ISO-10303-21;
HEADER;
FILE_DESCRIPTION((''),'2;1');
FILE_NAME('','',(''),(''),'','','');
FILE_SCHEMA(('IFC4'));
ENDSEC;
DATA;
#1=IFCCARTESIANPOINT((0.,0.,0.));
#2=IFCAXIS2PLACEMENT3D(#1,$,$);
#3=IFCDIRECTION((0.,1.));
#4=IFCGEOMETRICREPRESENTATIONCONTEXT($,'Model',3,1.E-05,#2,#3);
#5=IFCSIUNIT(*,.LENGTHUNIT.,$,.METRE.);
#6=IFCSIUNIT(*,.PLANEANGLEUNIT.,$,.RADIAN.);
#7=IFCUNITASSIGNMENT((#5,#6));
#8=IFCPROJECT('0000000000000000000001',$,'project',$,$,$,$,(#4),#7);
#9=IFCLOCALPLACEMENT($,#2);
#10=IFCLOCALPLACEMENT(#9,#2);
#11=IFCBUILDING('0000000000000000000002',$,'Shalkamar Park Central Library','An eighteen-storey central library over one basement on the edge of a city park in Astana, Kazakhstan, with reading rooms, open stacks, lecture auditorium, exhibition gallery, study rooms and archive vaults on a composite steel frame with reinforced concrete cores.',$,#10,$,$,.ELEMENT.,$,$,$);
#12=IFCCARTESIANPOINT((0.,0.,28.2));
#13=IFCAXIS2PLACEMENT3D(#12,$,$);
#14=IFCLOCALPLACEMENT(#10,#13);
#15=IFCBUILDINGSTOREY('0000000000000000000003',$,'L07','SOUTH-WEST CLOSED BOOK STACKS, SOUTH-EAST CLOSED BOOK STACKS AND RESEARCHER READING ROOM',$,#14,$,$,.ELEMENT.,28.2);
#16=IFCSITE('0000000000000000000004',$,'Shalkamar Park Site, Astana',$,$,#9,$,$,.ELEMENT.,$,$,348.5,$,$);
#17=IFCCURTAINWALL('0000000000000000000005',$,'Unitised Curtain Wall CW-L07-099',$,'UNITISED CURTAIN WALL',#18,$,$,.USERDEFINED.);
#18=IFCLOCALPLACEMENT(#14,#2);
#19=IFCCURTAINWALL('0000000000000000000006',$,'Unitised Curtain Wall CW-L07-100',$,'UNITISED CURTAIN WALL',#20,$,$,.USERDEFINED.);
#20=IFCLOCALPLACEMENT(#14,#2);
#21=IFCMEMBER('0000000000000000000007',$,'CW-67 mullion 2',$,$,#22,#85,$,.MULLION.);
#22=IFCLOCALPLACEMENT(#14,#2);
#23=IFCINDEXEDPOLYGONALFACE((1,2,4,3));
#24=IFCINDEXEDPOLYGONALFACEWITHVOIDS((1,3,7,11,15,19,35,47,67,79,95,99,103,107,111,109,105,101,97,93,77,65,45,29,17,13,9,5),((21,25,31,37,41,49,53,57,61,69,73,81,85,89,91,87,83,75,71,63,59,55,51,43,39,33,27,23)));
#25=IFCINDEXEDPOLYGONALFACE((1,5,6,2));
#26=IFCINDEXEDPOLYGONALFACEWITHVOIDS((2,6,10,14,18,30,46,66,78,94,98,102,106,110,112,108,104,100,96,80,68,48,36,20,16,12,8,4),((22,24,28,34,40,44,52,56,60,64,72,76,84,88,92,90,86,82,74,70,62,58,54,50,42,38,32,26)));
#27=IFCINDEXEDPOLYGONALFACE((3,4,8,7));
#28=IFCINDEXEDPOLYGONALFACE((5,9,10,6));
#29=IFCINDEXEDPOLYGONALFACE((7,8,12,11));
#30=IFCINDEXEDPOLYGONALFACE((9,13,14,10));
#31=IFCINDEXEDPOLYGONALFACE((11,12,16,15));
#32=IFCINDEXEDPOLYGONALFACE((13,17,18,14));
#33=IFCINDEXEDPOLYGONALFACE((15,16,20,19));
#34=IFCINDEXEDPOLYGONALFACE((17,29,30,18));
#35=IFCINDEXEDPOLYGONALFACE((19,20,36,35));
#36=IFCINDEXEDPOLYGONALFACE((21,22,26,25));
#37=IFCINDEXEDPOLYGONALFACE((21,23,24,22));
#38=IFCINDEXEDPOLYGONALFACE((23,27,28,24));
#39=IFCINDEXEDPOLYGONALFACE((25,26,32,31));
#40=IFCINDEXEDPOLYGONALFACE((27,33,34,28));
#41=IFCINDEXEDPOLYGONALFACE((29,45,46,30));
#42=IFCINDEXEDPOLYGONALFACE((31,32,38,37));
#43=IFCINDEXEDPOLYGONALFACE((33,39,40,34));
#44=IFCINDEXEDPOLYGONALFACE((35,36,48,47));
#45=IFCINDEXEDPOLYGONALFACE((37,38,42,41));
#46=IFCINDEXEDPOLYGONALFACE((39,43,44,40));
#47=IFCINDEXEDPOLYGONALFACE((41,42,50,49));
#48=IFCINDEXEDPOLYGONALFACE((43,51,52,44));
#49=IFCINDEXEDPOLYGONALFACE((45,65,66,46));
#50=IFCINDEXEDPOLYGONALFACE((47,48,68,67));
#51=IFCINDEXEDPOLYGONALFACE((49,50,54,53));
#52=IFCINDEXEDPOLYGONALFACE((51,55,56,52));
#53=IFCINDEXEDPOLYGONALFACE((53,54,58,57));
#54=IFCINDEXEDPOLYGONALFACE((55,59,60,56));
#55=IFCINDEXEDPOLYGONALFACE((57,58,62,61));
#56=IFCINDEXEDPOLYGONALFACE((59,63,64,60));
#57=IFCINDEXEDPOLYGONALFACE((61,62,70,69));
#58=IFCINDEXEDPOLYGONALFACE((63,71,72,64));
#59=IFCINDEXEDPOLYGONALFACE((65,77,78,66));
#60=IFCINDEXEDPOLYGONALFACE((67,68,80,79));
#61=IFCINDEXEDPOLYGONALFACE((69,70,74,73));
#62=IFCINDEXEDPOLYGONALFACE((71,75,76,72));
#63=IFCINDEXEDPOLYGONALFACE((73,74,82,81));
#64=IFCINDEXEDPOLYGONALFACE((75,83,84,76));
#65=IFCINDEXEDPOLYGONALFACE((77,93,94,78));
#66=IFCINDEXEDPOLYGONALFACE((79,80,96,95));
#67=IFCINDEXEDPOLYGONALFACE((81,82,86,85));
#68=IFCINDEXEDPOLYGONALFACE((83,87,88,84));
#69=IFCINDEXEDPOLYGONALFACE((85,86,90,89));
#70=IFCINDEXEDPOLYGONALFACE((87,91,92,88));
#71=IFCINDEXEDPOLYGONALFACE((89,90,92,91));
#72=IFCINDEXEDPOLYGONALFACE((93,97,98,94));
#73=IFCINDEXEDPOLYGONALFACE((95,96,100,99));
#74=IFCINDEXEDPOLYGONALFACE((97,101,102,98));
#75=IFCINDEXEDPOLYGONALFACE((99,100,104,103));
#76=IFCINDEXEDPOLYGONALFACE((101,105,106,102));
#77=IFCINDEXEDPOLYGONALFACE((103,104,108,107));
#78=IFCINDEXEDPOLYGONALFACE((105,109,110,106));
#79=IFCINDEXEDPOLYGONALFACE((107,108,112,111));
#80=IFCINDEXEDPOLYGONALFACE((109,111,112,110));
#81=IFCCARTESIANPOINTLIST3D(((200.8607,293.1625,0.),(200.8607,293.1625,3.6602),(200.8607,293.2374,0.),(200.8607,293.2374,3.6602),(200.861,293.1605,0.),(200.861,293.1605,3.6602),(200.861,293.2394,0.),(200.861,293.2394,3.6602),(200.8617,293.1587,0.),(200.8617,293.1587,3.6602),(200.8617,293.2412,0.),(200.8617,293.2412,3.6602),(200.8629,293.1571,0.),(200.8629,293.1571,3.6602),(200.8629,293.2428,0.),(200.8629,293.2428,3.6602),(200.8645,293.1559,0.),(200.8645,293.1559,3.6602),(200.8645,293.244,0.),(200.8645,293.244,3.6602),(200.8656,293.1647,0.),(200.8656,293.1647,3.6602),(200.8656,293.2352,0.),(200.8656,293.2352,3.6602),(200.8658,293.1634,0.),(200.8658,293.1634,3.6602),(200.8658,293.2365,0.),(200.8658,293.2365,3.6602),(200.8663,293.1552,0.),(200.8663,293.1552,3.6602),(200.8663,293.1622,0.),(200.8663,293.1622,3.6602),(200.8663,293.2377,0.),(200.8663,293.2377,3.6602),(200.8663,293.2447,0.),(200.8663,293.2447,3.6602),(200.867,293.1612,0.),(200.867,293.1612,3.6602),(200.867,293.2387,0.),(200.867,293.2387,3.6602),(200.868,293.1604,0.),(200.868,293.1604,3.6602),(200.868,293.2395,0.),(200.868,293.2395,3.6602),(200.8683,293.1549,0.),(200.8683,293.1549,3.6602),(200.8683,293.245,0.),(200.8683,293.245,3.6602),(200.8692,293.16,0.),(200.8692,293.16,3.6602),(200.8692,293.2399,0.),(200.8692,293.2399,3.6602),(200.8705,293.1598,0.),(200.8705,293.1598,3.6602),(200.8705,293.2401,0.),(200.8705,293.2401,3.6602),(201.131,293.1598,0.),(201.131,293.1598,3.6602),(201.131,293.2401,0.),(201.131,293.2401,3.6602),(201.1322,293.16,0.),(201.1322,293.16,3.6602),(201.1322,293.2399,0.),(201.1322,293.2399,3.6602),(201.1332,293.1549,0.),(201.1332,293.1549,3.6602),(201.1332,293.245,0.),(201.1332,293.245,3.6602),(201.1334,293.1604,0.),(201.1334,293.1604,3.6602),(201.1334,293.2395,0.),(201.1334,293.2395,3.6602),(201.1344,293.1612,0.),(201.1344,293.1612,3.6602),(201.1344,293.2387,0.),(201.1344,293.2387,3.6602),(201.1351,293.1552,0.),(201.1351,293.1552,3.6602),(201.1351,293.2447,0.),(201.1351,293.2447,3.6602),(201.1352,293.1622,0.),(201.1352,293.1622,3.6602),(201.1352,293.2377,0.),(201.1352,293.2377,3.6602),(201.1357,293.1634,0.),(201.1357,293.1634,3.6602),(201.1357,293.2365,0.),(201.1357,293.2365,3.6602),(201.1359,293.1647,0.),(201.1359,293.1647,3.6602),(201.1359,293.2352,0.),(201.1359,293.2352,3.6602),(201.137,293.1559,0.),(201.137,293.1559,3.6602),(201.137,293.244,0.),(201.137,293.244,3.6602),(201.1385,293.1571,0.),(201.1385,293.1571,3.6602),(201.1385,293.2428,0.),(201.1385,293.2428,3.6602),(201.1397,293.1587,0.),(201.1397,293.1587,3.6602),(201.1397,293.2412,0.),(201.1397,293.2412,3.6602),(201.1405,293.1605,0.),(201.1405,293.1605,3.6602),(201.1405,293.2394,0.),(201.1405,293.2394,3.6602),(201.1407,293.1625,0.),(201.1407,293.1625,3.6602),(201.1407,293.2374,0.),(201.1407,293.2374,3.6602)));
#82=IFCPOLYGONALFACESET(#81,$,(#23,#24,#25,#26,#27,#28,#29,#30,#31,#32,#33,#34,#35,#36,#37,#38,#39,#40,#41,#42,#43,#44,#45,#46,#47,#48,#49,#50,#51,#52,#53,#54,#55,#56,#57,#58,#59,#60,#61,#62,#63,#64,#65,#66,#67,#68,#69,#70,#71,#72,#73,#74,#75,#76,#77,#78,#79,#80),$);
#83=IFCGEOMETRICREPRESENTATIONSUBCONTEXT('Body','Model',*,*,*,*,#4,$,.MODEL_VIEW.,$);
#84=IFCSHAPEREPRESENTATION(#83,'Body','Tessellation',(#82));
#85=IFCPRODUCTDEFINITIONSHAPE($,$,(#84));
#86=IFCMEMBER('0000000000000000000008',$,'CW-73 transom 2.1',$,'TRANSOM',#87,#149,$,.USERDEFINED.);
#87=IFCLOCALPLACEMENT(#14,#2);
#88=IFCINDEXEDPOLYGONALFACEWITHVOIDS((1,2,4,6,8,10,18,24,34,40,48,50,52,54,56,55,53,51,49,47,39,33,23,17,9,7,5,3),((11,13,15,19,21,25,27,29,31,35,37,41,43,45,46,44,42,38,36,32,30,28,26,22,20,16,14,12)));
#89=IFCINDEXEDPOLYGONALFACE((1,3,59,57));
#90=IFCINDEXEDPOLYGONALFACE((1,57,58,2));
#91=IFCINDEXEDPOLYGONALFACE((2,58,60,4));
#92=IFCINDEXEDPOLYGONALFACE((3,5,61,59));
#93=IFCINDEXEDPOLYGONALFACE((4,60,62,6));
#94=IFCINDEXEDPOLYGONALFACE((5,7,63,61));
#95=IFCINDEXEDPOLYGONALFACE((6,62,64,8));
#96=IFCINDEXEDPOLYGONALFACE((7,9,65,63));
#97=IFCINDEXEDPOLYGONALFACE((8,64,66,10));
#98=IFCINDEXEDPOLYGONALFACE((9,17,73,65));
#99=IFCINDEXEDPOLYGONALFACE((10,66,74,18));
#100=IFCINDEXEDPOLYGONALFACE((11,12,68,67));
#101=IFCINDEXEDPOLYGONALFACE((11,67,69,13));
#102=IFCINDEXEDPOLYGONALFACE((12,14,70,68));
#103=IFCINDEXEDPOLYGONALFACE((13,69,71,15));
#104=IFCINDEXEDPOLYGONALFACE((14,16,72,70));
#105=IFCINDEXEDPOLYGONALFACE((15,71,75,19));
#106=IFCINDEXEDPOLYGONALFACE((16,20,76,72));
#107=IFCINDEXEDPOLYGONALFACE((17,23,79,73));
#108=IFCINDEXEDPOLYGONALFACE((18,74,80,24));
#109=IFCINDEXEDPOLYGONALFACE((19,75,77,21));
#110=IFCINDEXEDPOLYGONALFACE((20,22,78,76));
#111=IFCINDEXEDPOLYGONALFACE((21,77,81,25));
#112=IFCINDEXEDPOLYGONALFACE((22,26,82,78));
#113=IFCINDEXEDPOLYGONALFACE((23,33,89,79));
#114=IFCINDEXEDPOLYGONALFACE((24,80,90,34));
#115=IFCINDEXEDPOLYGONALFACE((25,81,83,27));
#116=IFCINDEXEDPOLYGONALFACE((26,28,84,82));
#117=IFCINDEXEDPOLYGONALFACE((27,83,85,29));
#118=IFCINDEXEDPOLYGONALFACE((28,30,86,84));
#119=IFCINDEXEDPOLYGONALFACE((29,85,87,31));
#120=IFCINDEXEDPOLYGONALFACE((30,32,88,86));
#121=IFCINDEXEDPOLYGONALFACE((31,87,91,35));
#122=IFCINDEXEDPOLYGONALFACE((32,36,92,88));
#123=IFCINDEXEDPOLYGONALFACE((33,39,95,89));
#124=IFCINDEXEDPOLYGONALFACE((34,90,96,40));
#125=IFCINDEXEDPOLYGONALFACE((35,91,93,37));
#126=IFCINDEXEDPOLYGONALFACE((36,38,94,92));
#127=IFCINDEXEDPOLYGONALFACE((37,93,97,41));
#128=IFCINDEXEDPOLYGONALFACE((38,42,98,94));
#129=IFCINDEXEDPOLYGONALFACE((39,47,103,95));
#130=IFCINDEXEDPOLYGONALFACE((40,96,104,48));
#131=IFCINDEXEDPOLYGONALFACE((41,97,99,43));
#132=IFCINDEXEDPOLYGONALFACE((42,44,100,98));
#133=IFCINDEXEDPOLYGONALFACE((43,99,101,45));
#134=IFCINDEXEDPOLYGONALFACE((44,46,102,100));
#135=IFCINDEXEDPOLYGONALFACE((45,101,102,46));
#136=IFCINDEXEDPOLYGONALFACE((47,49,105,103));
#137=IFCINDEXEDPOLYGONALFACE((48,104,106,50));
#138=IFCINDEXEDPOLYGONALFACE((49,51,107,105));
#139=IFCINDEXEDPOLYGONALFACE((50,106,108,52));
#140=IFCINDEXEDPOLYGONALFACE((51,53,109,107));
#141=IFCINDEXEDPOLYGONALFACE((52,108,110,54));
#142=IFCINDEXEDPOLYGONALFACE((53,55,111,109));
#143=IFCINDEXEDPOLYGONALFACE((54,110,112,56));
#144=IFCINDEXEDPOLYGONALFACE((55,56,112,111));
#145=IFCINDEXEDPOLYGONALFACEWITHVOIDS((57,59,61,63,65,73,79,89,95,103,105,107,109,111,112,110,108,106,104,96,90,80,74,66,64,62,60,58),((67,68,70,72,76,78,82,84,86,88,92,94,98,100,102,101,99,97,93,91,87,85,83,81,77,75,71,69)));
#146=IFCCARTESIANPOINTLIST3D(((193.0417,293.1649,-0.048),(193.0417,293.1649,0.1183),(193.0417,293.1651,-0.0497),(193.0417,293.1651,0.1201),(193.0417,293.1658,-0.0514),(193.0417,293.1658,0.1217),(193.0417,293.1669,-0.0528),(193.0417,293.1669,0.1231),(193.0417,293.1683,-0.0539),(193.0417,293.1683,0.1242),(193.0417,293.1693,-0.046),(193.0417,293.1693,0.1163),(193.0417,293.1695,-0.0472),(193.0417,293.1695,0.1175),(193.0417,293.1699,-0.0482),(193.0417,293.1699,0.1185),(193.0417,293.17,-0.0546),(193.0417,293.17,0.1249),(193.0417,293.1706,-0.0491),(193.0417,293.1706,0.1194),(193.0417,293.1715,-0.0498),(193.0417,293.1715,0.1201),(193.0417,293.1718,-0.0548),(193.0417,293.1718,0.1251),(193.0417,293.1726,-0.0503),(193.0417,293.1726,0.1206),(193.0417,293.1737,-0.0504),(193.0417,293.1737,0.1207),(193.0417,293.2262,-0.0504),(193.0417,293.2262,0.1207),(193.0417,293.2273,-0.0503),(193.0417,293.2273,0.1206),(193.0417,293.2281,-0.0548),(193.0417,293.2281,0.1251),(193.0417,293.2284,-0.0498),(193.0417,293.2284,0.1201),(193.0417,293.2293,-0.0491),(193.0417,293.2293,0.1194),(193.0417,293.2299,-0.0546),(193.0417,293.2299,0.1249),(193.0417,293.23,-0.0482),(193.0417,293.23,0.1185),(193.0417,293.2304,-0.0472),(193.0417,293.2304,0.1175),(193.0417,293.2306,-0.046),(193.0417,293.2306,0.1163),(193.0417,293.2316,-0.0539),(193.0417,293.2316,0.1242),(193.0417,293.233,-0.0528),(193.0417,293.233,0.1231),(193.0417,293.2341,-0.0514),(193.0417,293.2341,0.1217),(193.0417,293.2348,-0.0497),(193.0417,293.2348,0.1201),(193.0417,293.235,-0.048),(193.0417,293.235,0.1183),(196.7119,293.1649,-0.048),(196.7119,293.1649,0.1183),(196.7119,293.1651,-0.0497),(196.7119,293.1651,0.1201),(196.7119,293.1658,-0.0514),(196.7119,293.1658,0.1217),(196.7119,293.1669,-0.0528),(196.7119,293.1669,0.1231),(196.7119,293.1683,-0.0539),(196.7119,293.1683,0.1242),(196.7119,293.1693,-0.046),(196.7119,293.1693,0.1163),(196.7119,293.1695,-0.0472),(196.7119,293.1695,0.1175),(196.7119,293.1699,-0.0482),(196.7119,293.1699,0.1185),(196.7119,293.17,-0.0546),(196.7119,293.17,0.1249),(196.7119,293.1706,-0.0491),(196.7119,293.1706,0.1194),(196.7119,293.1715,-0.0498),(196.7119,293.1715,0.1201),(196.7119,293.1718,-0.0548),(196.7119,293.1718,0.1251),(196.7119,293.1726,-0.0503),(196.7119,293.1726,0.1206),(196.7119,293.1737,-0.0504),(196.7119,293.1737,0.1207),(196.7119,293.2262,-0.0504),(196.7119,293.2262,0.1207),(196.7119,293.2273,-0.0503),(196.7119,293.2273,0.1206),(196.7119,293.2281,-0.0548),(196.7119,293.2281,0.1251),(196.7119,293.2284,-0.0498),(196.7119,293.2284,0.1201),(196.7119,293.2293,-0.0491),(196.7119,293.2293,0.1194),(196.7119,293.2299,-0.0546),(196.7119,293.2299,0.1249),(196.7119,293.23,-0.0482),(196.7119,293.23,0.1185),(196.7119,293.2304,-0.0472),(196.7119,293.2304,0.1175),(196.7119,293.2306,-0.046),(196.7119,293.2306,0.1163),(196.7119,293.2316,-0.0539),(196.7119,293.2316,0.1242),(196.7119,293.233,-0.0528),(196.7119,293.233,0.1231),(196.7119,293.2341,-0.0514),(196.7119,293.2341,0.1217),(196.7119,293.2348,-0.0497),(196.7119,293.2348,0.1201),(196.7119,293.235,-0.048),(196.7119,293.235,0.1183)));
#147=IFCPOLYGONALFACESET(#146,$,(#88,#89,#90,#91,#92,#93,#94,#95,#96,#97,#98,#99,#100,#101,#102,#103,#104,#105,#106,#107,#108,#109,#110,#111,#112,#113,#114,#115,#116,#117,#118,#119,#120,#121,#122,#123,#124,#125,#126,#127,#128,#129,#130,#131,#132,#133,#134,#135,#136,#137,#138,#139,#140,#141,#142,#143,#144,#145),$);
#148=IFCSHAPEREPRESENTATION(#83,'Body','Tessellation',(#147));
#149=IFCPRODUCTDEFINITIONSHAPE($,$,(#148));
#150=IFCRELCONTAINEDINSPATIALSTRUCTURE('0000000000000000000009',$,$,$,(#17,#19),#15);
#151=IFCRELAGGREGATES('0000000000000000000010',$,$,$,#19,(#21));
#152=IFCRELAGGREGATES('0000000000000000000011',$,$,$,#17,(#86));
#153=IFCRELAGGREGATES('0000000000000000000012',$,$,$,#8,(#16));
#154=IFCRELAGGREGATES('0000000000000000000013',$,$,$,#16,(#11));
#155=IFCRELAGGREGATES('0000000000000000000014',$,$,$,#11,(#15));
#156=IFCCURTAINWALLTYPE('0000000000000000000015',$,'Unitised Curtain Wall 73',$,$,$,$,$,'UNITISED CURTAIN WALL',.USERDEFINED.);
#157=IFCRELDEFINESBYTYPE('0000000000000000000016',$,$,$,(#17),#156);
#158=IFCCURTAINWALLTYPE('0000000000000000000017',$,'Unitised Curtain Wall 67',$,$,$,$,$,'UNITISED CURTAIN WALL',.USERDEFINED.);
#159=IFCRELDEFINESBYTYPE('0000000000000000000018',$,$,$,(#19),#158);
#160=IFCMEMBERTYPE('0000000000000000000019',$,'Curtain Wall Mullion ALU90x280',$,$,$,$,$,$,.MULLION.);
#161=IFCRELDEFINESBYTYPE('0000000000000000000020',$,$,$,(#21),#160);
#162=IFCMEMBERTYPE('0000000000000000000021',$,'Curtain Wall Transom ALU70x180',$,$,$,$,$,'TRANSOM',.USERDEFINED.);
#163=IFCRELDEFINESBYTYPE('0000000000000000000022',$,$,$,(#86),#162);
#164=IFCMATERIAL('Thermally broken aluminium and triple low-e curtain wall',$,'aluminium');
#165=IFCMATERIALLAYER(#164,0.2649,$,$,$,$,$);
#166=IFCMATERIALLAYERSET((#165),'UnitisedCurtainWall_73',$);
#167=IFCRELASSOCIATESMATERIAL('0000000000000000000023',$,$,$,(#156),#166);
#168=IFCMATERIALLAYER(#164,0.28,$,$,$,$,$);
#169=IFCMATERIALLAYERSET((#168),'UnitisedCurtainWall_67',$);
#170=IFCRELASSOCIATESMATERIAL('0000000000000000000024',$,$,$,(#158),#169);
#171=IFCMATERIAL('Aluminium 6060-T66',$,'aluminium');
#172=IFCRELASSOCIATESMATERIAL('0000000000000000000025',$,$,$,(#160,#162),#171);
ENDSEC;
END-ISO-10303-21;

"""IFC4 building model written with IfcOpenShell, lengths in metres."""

from ifc_helpers import new_model, si_unit, direction, frame, origin, origin_2d, place, context, subcontext, project, spatial, hollow_rectangle, extrude, material, layer, layer_set, material_profile, profile_set, type_object, element, aggregate, save


model = new_model("IFC4")

# Units and contexts
model_context = context("Model", 3, precision=1e-05, world=origin(), true_north=direction((0.0, 1.0)))
body_context = subcontext(model_context, "Body", "Model", "MODEL_VIEW")
ifc_project = project(units=[si_unit("LENGTHUNIT", "METRE"), si_unit("PLANEANGLEUNIT", "RADIAN")], contexts=[model_context])

# Site, building, storey
site_placement = place(None, origin())
site = spatial("IfcSite", under=ifc_project, at=site_placement, Name="Shalkamar Park Site, Astana", CompositionType="ELEMENT", RefElevation=348.5)
building_placement = place(site_placement, origin())
building = spatial("IfcBuilding", under=site, at=building_placement, Name="Shalkamar Park Central Library", Description="An eighteen-storey central library over one basement on the edge of a city park in Astana, Kazakhstan, with reading rooms, open stacks, lecture auditorium, exhibition gallery, study rooms and archive vaults on a composite steel frame with reinforced concrete cores.", CompositionType="ELEMENT")
storey_placement = place(building_placement, frame((0.0, 0.0, 28.2)))
storey = spatial("IfcBuildingStorey", under=building, at=storey_placement, Name="L07", Description="SOUTH-WEST CLOSED BOOK STACKS, SOUTH-EAST CLOSED BOOK STACKS AND RESEARCHER READING ROOM", CompositionType="ELEMENT", Elevation=28.2)

# Curtain wall
ifc_material_1 = material(Name="Thermally broken aluminium and triple low-e curtain wall", Category="aluminium")
ifc_layer_1 = layer(ifc_material_1, 0.2649)
ifc_layer_set_1 = layer_set([ifc_layer_1], Name="UnitisedCurtainWall_73")
curtain_wall_type_1 = type_object("IfcCurtainWallType", Name="Unitised Curtain Wall 73", ElementType="UNITISED CURTAIN WALL", PredefinedType="USERDEFINED", material=ifc_layer_set_1)
curtain_wall_1_placement = place(storey_placement, origin())
curtain_wall_1 = element("IfcCurtainWall", 1, at=curtain_wall_1_placement, inside=storey, type_object=curtain_wall_type_1, Name="Unitised Curtain Wall CW-L07-099", ObjectType="UNITISED CURTAIN WALL", PredefinedType="USERDEFINED")
ifc_material_2 = material(Name="Aluminium 6060-T66", Category="aluminium")

# Curtain wall, member
ifc_layer_2 = layer(ifc_material_1, 0.28)
ifc_layer_set_2 = layer_set([ifc_layer_2], Name="UnitisedCurtainWall_67")
curtain_wall_type_2 = type_object("IfcCurtainWallType", Name="Unitised Curtain Wall 67", ElementType="UNITISED CURTAIN WALL", PredefinedType="USERDEFINED", material=ifc_layer_set_2)
curtain_wall_2_placement = place(storey_placement, origin())
curtain_wall_2 = element("IfcCurtainWall", 2, at=curtain_wall_2_placement, inside=storey, type_object=curtain_wall_type_2, Name="Unitised Curtain Wall CW-L07-100", ObjectType="UNITISED CURTAIN WALL", PredefinedType="USERDEFINED")
ifc_material_profile_1 = material_profile(ifc_material_2, hollow_rectangle(XDim=0.0901, YDim=0.28, WallThickness=0.0049, InnerFilletRadius=0.0049, OuterFilletRadius=0.0076, at=origin_2d()), Name="ALU 90x280x5")
ifc_profile_set_1 = profile_set([ifc_material_profile_1], Name="Aluminium 6060-T66")
member_type_1 = type_object("IfcMemberType", Name="Curtain Wall Mullion ALU90x280", PredefinedType="MULLION", material=ifc_profile_set_1)
member_1_placement = place(storey_placement, frame((201.0007, 293.2, 0.0), z_axis=(0.0, 0.0, 1.0), x_axis=(0.0, 1.0, 0.0)))
member_1 = element("IfcMember", 3, at=member_1_placement, type_object=member_type_1, Name="CW-67 mullion 2", PredefinedType="MULLION", context=body_context, shape_type="SweptSolid", body=[
    extrude(hollow_rectangle(XDim=0.0901, YDim=0.28, WallThickness=0.0049, InnerFilletRadius=0.0049, OuterFilletRadius=0.0076, at=origin_2d()), origin(), (0.0, 0.0, 1.0), 3.6602),
])

# Member
ifc_material_profile_2 = material_profile(ifc_material_2, hollow_rectangle(XDim=0.0701, YDim=0.1799, WallThickness=0.0044, InnerFilletRadius=0.0044, OuterFilletRadius=0.0068, at=origin_2d()), Name="ALU 70x180x4.5")
ifc_profile_set_2 = profile_set([ifc_material_profile_2], Name="Aluminium 6060-T66")
member_type_2 = type_object("IfcMemberType", Name="Curtain Wall Transom ALU70x180", ElementType="TRANSOM", PredefinedType="USERDEFINED", material=ifc_profile_set_2)
member_2_placement = place(storey_placement, frame((193.0417, 293.2, 0.0352), z_axis=(1.0, 0.0, 0.0), x_axis=(0.0, 1.0, 0.0)))
member_2 = element("IfcMember", 4, at=member_2_placement, type_object=member_type_2, Name="CW-73 transom 2.1", ObjectType="TRANSOM", PredefinedType="USERDEFINED", context=body_context, shape_type="SweptSolid", body=[
    extrude(hollow_rectangle(XDim=0.0701, YDim=0.1799, WallThickness=0.0044, InnerFilletRadius=0.0044, OuterFilletRadius=0.0068, at=origin_2d()), origin(), (0.0, 0.0, 1.0), 3.6702),
])

aggregate(curtain_wall_2, [member_1])
aggregate(curtain_wall_1, [member_2])

save(model, "model.ifc")
